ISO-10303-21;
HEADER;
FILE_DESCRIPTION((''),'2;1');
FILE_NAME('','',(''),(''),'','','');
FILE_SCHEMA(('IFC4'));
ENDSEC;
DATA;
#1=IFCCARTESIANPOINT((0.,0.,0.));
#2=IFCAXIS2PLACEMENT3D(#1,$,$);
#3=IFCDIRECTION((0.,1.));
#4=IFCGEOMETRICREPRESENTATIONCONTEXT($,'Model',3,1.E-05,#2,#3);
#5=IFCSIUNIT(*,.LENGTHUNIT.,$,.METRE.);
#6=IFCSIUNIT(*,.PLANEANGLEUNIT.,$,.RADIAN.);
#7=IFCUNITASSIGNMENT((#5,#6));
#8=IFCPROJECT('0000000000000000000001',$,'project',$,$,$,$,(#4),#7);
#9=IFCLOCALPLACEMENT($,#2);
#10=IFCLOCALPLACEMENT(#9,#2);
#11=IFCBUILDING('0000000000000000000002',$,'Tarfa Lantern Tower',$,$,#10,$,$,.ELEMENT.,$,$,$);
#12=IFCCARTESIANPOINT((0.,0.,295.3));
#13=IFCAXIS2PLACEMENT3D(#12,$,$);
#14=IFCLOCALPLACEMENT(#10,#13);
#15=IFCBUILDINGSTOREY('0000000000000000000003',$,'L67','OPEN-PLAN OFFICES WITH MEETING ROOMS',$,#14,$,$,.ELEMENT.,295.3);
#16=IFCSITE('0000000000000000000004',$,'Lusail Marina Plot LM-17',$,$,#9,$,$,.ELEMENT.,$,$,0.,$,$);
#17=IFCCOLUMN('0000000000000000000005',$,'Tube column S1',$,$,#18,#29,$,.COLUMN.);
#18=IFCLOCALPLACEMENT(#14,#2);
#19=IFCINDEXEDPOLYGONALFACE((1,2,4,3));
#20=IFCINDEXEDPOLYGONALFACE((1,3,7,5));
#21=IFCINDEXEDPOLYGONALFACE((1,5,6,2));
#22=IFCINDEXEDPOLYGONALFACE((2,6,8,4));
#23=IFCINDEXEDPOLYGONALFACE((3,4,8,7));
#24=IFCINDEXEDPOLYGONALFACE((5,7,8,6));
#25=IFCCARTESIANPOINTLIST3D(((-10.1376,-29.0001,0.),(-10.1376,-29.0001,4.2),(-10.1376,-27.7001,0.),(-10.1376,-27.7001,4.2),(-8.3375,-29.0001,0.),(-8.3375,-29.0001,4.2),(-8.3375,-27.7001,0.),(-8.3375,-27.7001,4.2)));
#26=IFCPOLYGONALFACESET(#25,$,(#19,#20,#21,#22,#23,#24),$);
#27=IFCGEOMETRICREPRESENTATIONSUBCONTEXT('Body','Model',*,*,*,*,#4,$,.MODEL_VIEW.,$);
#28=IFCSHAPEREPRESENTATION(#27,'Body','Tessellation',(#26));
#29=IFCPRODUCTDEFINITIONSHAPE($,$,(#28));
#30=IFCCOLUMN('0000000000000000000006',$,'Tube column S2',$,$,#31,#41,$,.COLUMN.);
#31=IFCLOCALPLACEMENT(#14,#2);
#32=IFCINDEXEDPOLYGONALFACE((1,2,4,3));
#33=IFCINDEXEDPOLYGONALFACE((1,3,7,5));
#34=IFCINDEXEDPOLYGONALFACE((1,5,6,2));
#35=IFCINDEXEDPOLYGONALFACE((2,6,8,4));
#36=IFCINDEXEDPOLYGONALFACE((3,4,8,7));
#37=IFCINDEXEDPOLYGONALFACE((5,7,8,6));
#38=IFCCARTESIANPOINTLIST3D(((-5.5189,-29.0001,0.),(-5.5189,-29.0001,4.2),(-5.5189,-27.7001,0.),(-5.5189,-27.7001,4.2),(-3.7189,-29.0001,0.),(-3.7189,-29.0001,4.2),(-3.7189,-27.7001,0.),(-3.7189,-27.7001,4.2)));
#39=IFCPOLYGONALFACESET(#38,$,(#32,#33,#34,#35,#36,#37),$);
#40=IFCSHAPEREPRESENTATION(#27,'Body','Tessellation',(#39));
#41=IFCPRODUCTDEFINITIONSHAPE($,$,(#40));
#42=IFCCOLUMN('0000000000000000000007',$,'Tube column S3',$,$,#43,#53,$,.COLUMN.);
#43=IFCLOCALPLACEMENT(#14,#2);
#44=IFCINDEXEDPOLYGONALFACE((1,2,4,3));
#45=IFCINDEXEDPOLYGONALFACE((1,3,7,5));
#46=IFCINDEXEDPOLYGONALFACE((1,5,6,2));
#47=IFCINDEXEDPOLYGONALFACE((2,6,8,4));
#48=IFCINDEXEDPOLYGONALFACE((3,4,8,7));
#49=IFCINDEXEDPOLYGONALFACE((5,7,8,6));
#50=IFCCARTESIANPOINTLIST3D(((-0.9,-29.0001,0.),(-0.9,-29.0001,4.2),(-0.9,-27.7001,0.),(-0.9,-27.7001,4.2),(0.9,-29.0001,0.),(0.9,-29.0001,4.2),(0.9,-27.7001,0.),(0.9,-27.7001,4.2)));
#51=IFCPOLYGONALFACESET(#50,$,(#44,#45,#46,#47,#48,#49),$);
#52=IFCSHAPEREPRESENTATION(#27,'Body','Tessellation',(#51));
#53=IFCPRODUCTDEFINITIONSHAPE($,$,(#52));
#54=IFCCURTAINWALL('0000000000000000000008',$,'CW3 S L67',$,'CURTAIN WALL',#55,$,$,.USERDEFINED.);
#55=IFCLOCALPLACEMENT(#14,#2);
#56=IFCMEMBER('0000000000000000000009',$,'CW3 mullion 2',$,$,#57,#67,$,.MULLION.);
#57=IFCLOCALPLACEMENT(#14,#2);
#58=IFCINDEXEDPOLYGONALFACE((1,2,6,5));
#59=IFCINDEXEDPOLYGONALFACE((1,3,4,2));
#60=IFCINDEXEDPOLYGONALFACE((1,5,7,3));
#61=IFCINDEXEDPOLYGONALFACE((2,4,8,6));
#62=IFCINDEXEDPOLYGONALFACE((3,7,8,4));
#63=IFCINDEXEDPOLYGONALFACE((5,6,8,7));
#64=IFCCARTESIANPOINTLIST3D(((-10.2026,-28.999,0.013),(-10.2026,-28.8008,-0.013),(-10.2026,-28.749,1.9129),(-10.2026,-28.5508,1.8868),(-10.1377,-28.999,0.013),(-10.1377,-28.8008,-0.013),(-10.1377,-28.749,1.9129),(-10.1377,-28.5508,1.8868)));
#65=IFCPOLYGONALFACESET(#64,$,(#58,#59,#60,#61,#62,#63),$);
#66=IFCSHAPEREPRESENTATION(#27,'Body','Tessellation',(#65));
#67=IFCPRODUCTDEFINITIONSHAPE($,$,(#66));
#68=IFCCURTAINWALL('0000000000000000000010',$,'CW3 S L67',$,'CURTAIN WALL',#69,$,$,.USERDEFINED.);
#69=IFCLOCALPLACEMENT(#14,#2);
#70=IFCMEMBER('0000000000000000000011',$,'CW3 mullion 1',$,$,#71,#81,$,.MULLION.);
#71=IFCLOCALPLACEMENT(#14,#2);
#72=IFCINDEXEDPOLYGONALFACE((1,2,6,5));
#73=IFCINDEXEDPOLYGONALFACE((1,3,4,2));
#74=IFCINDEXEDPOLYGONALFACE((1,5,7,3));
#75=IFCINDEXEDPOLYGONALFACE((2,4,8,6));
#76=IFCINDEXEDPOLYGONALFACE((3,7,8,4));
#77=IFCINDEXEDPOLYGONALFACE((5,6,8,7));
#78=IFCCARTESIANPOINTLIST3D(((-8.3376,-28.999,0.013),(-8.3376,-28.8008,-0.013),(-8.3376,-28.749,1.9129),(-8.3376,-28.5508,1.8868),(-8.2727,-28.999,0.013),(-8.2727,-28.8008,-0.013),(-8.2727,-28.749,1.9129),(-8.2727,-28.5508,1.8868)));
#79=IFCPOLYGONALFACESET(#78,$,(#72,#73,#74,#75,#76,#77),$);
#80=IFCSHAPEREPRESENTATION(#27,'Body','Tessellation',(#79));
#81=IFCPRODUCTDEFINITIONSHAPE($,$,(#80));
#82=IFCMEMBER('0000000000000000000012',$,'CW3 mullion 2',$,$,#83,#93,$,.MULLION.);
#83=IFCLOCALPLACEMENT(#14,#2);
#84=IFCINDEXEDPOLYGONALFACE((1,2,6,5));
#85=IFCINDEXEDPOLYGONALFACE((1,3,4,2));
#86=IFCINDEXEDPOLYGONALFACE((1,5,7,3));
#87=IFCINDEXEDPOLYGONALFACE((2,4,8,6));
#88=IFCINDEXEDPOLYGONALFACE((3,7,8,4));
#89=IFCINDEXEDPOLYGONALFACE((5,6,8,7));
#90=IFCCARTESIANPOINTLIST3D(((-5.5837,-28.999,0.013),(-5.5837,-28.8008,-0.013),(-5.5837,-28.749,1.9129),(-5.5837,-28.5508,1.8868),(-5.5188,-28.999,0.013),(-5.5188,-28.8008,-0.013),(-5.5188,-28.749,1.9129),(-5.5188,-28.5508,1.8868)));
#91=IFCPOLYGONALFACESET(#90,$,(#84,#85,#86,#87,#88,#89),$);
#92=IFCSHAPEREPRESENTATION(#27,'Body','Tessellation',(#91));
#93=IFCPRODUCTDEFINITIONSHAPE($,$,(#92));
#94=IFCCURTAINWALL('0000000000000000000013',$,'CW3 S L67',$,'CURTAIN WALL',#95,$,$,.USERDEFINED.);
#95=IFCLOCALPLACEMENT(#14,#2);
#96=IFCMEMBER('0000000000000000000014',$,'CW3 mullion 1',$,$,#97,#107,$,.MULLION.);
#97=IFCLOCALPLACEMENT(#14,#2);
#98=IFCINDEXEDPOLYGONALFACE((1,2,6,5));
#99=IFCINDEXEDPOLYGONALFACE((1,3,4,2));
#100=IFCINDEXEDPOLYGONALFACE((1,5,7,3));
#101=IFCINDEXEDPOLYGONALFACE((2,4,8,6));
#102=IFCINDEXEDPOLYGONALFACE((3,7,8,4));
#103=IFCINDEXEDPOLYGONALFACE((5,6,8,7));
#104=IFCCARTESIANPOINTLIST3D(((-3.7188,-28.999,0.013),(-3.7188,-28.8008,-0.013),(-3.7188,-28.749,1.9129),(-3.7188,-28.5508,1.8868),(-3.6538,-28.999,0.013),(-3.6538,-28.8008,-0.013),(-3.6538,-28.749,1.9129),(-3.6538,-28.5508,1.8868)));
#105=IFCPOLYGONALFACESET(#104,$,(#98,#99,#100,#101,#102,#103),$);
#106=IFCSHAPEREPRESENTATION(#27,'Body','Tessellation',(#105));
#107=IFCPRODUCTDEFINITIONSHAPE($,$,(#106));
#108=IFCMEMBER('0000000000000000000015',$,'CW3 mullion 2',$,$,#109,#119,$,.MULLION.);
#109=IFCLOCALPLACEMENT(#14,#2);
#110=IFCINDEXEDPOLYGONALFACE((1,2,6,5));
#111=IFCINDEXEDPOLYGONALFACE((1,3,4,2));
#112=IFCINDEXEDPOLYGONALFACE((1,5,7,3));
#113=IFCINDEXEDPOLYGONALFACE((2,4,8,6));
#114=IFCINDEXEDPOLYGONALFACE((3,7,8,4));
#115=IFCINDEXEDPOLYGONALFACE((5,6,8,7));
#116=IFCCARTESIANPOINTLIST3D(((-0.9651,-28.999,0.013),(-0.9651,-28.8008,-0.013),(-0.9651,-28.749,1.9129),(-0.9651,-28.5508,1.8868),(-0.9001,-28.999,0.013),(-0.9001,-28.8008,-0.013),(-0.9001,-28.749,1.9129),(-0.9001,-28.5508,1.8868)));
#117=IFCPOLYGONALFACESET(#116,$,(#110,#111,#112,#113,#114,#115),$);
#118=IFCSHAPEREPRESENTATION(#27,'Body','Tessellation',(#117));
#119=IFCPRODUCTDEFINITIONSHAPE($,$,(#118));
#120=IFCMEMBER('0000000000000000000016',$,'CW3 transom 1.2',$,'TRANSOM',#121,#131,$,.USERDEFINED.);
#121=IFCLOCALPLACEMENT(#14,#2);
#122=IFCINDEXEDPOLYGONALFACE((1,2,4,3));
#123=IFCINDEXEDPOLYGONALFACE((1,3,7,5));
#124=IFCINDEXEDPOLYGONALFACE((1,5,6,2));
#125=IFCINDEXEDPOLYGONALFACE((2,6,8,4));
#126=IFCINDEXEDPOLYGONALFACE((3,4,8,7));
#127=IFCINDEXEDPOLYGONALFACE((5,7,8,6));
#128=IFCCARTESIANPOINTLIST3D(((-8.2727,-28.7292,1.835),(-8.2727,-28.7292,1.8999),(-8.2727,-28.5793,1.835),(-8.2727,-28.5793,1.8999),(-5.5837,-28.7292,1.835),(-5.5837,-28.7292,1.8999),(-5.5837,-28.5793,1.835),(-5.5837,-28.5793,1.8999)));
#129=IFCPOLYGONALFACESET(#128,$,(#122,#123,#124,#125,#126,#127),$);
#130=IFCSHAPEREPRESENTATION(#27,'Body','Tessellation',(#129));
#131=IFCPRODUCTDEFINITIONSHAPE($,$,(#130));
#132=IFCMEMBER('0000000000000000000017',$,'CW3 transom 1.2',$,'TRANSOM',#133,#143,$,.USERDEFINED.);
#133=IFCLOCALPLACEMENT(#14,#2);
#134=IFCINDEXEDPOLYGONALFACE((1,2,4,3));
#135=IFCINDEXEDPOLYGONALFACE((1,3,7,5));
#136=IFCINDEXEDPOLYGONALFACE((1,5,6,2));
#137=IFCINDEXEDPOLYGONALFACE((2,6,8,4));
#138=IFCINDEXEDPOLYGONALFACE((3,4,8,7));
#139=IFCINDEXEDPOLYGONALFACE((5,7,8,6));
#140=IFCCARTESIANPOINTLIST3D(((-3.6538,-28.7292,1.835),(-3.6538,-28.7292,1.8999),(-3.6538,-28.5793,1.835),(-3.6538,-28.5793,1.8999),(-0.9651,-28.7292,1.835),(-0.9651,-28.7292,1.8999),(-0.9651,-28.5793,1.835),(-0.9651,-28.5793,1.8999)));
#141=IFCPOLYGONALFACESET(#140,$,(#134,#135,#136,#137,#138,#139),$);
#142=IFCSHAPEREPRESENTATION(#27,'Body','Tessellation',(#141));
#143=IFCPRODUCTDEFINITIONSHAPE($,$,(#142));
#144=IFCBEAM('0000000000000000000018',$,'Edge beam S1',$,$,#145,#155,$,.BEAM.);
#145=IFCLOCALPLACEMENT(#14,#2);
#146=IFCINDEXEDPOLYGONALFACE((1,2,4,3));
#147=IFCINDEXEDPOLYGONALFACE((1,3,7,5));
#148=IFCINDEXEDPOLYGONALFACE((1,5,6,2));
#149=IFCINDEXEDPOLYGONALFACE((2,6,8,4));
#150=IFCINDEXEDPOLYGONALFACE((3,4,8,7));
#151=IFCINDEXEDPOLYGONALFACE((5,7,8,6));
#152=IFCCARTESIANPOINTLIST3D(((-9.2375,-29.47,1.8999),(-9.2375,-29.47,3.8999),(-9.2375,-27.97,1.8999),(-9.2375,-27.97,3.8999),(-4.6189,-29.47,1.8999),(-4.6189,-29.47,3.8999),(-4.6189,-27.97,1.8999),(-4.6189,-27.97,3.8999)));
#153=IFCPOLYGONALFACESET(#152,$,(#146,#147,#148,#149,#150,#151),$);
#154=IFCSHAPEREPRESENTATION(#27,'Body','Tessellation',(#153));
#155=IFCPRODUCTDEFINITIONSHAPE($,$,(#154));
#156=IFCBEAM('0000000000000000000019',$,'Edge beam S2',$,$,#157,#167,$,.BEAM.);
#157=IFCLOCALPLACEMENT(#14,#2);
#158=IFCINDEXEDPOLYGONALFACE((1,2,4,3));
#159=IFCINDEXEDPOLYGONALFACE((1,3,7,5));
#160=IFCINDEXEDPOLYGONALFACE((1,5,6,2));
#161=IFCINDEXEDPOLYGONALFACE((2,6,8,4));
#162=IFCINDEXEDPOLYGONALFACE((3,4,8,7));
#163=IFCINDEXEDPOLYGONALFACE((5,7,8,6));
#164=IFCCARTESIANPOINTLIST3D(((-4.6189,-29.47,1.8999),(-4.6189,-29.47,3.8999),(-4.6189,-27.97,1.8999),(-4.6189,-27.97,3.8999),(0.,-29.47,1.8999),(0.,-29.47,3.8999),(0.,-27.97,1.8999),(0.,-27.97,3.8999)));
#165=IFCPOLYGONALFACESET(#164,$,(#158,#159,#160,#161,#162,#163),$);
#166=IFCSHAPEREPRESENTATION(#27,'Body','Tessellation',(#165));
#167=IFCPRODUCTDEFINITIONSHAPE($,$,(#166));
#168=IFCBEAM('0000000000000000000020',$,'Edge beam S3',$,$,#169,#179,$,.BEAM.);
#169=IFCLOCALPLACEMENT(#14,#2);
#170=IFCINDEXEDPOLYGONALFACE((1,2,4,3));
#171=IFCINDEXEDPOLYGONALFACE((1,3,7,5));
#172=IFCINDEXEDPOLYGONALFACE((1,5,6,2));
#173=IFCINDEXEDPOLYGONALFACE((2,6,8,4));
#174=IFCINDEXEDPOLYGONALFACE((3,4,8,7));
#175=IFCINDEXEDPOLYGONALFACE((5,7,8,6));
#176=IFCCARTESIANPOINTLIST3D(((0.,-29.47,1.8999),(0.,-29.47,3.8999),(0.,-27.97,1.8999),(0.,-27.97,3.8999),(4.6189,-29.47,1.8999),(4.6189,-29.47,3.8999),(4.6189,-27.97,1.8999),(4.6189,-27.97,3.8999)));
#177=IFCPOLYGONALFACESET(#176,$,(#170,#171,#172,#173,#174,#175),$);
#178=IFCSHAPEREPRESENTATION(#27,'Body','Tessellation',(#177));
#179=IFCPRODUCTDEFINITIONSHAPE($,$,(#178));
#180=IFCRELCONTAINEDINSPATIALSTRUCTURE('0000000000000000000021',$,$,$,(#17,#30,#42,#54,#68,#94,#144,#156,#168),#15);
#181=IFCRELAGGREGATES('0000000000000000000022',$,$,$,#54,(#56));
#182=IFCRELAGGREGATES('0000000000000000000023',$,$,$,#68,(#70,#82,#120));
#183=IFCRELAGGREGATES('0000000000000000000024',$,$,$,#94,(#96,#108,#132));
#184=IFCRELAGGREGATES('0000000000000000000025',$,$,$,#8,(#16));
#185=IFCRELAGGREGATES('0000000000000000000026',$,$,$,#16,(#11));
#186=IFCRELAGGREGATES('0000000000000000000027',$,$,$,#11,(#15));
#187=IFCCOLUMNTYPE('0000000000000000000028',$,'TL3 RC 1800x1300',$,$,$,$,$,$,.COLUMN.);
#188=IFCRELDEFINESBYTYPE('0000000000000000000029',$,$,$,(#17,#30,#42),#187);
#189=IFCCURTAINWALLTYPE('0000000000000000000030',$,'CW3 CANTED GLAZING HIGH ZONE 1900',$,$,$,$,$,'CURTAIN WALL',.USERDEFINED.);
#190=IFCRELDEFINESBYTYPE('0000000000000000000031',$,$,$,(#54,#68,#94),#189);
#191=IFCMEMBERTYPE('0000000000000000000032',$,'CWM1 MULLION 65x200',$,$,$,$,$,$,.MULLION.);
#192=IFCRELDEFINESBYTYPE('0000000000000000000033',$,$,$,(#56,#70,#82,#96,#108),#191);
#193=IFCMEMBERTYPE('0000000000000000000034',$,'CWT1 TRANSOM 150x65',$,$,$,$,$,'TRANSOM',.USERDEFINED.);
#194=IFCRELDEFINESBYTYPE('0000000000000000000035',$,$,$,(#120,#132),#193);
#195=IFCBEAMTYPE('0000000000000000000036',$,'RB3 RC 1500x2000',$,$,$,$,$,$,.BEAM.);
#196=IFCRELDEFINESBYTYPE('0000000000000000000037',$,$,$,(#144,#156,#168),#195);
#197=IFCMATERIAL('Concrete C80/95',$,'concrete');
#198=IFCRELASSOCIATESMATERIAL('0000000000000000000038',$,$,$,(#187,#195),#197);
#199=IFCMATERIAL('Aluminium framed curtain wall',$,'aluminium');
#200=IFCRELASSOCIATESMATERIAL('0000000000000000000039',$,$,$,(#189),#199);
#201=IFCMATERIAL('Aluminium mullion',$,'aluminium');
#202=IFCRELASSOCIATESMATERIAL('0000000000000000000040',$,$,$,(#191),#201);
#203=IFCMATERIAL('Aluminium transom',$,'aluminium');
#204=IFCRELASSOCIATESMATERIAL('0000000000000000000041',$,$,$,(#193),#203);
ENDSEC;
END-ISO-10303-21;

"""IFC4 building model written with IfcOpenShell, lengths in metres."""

from ifc_helpers import new_model, si_unit, direction, frame, origin, origin_2d, place, context, subcontext, project, spatial, rectangle, extrude, material, material_profile, profile_set, type_object, element, aggregate, save


model = new_model("IFC4")

# Units and contexts
model_context = context("Model", 3, precision=1e-05, world=origin(), true_north=direction((0.0, 1.0)))
body_context = subcontext(model_context, "Body", "Model", "MODEL_VIEW")
ifc_project = project(units=[si_unit("LENGTHUNIT", "METRE"), si_unit("PLANEANGLEUNIT", "RADIAN")], contexts=[model_context])

# Site, building, storey
site_placement = place(None, origin())
site = spatial("IfcSite", under=ifc_project, at=site_placement, Name="Lusail Marina Plot LM-17", CompositionType="ELEMENT", RefElevation=0.0)
building_placement = place(site_placement, origin())
building = spatial("IfcBuilding", under=site, at=building_placement, Name="Tarfa Lantern Tower", CompositionType="ELEMENT")
storey_placement = place(building_placement, frame((0.0, 0.0, 295.3)))
storey = spatial("IfcBuildingStorey", under=building, at=storey_placement, Name="L67", Description="OPEN-PLAN OFFICES WITH MEETING ROOMS", CompositionType="ELEMENT", Elevation=295.3)

# Columns
ifc_material_1 = material(Name="Concrete C80/95", Category="concrete")
ifc_material_profile_1 = material_profile(ifc_material_1, rectangle(XDim=1.8, YDim=1.3, at=origin_2d()), Name="RC 1800x1300")
ifc_profile_set_1 = profile_set([ifc_material_profile_1], Name="Concrete C80/95")
column_type = type_object("IfcColumnType", Name="TL3 RC 1800x1300", PredefinedType="COLUMN", material=ifc_profile_set_1)
for number, where, z_axis, x_axis, name in (
    (1, (-9.2375, -28.3501, 0.0), (0.0, 0.0, 1.0), (1.0, 0.0, 0.0), "Tube column S1"),
    (2, (-4.6189, -28.3501, 0.0), (0.0, 0.0, 1.0), (1.0, 0.0, 0.0), "Tube column S2"),
    (3, (0.0, -28.3501, 0.0), (0.0, 0.0, 1.0), (1.0, 0.0, 0.0), "Tube column S3"),
):
    element("IfcColumn", number, at=place(storey_placement, frame(where, z_axis=z_axis, x_axis=x_axis)), inside=storey, type_object=column_type, Name=name, PredefinedType="COLUMN", context=body_context, shape_type="SweptSolid", body=[
        extrude(rectangle(XDim=1.8, YDim=1.3, at=origin_2d()), origin(), (0.0, 0.0, 1.0), 4.2),
    ])

# Curtain wall, member
ifc_material_2 = material(Name="Aluminium framed curtain wall", Category="aluminium")
curtain_wall_type = type_object("IfcCurtainWallType", Name="CW3 CANTED GLAZING HIGH ZONE 1900", ElementType="CURTAIN WALL", PredefinedType="USERDEFINED", material=ifc_material_2)
curtain_wall_1_placement = place(storey_placement, origin())
curtain_wall_1 = element("IfcCurtainWall", 4, at=curtain_wall_1_placement, inside=storey, type_object=curtain_wall_type, Name="CW3 S L67", ObjectType="CURTAIN WALL", PredefinedType="USERDEFINED")
ifc_material_3 = material(Name="Aluminium mullion", Category="aluminium")
ifc_material_profile_2 = material_profile(ifc_material_3, rectangle(XDim=0.0649, YDim=0.2, at=origin_2d()), Name="AL MULLION 65x200")
ifc_profile_set_2 = profile_set([ifc_material_profile_2], Name="Aluminium mullion")
member_type_1 = type_object("IfcMemberType", Name="CWM1 MULLION 65x200", PredefinedType="MULLION", material=ifc_profile_set_2)
member_1_placement = place(storey_placement, frame((-10.1702, -28.8999, 0.0), z_axis=(0.0, 0.130461, 0.991453), x_axis=(-1.0, 0.0, 0.0)))
member_1 = element("IfcMember", 5, at=member_1_placement, type_object=member_type_1, Name="CW3 mullion 2", PredefinedType="MULLION", context=body_context, shape_type="SweptSolid", body=[
    extrude(rectangle(XDim=0.0649, YDim=0.2, at=origin_2d()), origin(), (0.0, 0.0, 1.0), 1.9163),
])
aggregate(curtain_wall_1, [member_1])

# Curtain walls, members
curtain_wall_2_placement = place(storey_placement, origin())
curtain_wall_2 = element("IfcCurtainWall", 6, at=curtain_wall_2_placement, inside=storey, type_object=curtain_wall_type, Name="CW3 S L67", ObjectType="CURTAIN WALL", PredefinedType="USERDEFINED")
member_2_placement = place(storey_placement, frame((-8.3052, -28.8999, 0.0), z_axis=(0.0, 0.130461, 0.991453), x_axis=(-1.0, 0.0, 0.0)))
member_2 = element("IfcMember", 7, at=member_2_placement, type_object=member_type_1, Name="CW3 mullion 1", PredefinedType="MULLION", context=body_context, shape_type="SweptSolid", body=[
    extrude(rectangle(XDim=0.0649, YDim=0.2, at=origin_2d()), origin(), (0.0, 0.0, 1.0), 1.9163),
])
member_3_placement = place(storey_placement, frame((-5.5513, -28.8999, 0.0), z_axis=(0.0, 0.130461, 0.991453), x_axis=(-1.0, 0.0, 0.0)))
member_3 = element("IfcMember", 8, at=member_3_placement, type_object=member_type_1, Name="CW3 mullion 2", PredefinedType="MULLION", context=body_context, shape_type="SweptSolid", body=[
    extrude(rectangle(XDim=0.0649, YDim=0.2, at=origin_2d()), origin(), (0.0, 0.0, 1.0), 1.9163),
])
curtain_wall_3_placement = place(storey_placement, origin())
curtain_wall_3 = element("IfcCurtainWall", 9, at=curtain_wall_3_placement, inside=storey, type_object=curtain_wall_type, Name="CW3 S L67", ObjectType="CURTAIN WALL", PredefinedType="USERDEFINED")
member_4_placement = place(storey_placement, frame((-3.6863, -28.8999, 0.0), z_axis=(0.0, 0.130461, 0.991453), x_axis=(-1.0, 0.0, 0.0)))
member_4 = element("IfcMember", 10, at=member_4_placement, type_object=member_type_1, Name="CW3 mullion 1", PredefinedType="MULLION", context=body_context, shape_type="SweptSolid", body=[
    extrude(rectangle(XDim=0.0649, YDim=0.2, at=origin_2d()), origin(), (0.0, 0.0, 1.0), 1.9163),
])
member_5_placement = place(storey_placement, frame((-0.9326, -28.8999, 0.0), z_axis=(0.0, 0.130461, 0.991453), x_axis=(-1.0, 0.0, 0.0)))
member_5 = element("IfcMember", 11, at=member_5_placement, type_object=member_type_1, Name="CW3 mullion 2", PredefinedType="MULLION", context=body_context, shape_type="SweptSolid", body=[
    extrude(rectangle(XDim=0.0649, YDim=0.2, at=origin_2d()), origin(), (0.0, 0.0, 1.0), 1.9163),
])

# Members
ifc_material_4 = material(Name="Aluminium transom", Category="aluminium")
ifc_material_profile_3 = material_profile(ifc_material_4, rectangle(XDim=0.1499, YDim=0.0649, at=origin_2d()), Name="AL TRANSOM 150x65")
ifc_profile_set_3 = profile_set([ifc_material_profile_3], Name="Aluminium transom")
member_type_2 = type_object("IfcMemberType", Name="CWT1 TRANSOM 150x65", ElementType="TRANSOM", PredefinedType="USERDEFINED", material=ifc_profile_set_3)
member_6_placement = place(storey_placement, frame((-8.2727, -28.6543, 1.8674), z_axis=(1.0, 0.0, 0.0), x_axis=(0.0, 1.0, 0.0)))
member_6 = element("IfcMember", 12, at=member_6_placement, type_object=member_type_2, Name="CW3 transom 1.2", ObjectType="TRANSOM", PredefinedType="USERDEFINED", context=body_context, shape_type="SweptSolid", body=[
    extrude(rectangle(XDim=0.1499, YDim=0.0649, at=origin_2d()), origin(), (0.0, 0.0, 1.0), 2.689),
])
member_7_placement = place(storey_placement, frame((-3.6538, -28.6543, 1.8674), z_axis=(1.0, 0.0, 0.0), x_axis=(0.0, 1.0, 0.0)))
member_7 = element("IfcMember", 13, at=member_7_placement, type_object=member_type_2, Name="CW3 transom 1.2", ObjectType="TRANSOM", PredefinedType="USERDEFINED", context=body_context, shape_type="SweptSolid", body=[
    extrude(rectangle(XDim=0.1499, YDim=0.0649, at=origin_2d()), origin(), (0.0, 0.0, 1.0), 2.6887),
])

# Beams
ifc_material_profile_4 = material_profile(ifc_material_1, rectangle(XDim=1.5, YDim=2.0, at=origin_2d()), Name="RC 1500x2000")
ifc_profile_set_4 = profile_set([ifc_material_profile_4], Name="Concrete C80/95")
beam_type_1 = type_object("IfcBeamType", Name="RB3 RC 1500x2000", PredefinedType="BEAM", material=ifc_profile_set_4)
beam_placement = place(storey_placement, frame((-9.2375, -28.72, 2.8999), z_axis=(1.0, 0.0, 0.0), x_axis=(0.0, 1.0, 0.0)))
element("IfcBeam", 14, at=beam_placement, inside=storey, type_object=beam_type_1, Name="Edge beam S1", PredefinedType="BEAM", context=body_context, shape_type="SweptSolid", body=[
    extrude(rectangle(XDim=1.5, YDim=2.0, at=origin_2d()), origin(), (0.0, 0.0, 1.0), 4.6187),
])
for number, where, z_axis, x_axis, name in (
    (15, (-4.6189, -28.72, 2.8999), (1.0, 0.0, 0.0), (0.0, 1.0, 0.0), "Edge beam S2"),
    (16, (0.0, -28.72, 2.8999), (1.0, 0.0, 0.0), (0.0, 1.0, 0.0), "Edge beam S3"),
):
    element("IfcBeam", number, at=place(storey_placement, frame(where, z_axis=z_axis, x_axis=x_axis)), inside=storey, type_object=beam_type_1, Name=name, PredefinedType="BEAM", context=body_context, shape_type="SweptSolid", body=[
        extrude(rectangle(XDim=1.5, YDim=2.0, at=origin_2d()), origin(), (0.0, 0.0, 1.0), 4.6189),
    ])

aggregate(curtain_wall_2, [member_2, member_3, member_6])
aggregate(curtain_wall_3, [member_4, member_5, member_7])

save(model, "model.ifc")
